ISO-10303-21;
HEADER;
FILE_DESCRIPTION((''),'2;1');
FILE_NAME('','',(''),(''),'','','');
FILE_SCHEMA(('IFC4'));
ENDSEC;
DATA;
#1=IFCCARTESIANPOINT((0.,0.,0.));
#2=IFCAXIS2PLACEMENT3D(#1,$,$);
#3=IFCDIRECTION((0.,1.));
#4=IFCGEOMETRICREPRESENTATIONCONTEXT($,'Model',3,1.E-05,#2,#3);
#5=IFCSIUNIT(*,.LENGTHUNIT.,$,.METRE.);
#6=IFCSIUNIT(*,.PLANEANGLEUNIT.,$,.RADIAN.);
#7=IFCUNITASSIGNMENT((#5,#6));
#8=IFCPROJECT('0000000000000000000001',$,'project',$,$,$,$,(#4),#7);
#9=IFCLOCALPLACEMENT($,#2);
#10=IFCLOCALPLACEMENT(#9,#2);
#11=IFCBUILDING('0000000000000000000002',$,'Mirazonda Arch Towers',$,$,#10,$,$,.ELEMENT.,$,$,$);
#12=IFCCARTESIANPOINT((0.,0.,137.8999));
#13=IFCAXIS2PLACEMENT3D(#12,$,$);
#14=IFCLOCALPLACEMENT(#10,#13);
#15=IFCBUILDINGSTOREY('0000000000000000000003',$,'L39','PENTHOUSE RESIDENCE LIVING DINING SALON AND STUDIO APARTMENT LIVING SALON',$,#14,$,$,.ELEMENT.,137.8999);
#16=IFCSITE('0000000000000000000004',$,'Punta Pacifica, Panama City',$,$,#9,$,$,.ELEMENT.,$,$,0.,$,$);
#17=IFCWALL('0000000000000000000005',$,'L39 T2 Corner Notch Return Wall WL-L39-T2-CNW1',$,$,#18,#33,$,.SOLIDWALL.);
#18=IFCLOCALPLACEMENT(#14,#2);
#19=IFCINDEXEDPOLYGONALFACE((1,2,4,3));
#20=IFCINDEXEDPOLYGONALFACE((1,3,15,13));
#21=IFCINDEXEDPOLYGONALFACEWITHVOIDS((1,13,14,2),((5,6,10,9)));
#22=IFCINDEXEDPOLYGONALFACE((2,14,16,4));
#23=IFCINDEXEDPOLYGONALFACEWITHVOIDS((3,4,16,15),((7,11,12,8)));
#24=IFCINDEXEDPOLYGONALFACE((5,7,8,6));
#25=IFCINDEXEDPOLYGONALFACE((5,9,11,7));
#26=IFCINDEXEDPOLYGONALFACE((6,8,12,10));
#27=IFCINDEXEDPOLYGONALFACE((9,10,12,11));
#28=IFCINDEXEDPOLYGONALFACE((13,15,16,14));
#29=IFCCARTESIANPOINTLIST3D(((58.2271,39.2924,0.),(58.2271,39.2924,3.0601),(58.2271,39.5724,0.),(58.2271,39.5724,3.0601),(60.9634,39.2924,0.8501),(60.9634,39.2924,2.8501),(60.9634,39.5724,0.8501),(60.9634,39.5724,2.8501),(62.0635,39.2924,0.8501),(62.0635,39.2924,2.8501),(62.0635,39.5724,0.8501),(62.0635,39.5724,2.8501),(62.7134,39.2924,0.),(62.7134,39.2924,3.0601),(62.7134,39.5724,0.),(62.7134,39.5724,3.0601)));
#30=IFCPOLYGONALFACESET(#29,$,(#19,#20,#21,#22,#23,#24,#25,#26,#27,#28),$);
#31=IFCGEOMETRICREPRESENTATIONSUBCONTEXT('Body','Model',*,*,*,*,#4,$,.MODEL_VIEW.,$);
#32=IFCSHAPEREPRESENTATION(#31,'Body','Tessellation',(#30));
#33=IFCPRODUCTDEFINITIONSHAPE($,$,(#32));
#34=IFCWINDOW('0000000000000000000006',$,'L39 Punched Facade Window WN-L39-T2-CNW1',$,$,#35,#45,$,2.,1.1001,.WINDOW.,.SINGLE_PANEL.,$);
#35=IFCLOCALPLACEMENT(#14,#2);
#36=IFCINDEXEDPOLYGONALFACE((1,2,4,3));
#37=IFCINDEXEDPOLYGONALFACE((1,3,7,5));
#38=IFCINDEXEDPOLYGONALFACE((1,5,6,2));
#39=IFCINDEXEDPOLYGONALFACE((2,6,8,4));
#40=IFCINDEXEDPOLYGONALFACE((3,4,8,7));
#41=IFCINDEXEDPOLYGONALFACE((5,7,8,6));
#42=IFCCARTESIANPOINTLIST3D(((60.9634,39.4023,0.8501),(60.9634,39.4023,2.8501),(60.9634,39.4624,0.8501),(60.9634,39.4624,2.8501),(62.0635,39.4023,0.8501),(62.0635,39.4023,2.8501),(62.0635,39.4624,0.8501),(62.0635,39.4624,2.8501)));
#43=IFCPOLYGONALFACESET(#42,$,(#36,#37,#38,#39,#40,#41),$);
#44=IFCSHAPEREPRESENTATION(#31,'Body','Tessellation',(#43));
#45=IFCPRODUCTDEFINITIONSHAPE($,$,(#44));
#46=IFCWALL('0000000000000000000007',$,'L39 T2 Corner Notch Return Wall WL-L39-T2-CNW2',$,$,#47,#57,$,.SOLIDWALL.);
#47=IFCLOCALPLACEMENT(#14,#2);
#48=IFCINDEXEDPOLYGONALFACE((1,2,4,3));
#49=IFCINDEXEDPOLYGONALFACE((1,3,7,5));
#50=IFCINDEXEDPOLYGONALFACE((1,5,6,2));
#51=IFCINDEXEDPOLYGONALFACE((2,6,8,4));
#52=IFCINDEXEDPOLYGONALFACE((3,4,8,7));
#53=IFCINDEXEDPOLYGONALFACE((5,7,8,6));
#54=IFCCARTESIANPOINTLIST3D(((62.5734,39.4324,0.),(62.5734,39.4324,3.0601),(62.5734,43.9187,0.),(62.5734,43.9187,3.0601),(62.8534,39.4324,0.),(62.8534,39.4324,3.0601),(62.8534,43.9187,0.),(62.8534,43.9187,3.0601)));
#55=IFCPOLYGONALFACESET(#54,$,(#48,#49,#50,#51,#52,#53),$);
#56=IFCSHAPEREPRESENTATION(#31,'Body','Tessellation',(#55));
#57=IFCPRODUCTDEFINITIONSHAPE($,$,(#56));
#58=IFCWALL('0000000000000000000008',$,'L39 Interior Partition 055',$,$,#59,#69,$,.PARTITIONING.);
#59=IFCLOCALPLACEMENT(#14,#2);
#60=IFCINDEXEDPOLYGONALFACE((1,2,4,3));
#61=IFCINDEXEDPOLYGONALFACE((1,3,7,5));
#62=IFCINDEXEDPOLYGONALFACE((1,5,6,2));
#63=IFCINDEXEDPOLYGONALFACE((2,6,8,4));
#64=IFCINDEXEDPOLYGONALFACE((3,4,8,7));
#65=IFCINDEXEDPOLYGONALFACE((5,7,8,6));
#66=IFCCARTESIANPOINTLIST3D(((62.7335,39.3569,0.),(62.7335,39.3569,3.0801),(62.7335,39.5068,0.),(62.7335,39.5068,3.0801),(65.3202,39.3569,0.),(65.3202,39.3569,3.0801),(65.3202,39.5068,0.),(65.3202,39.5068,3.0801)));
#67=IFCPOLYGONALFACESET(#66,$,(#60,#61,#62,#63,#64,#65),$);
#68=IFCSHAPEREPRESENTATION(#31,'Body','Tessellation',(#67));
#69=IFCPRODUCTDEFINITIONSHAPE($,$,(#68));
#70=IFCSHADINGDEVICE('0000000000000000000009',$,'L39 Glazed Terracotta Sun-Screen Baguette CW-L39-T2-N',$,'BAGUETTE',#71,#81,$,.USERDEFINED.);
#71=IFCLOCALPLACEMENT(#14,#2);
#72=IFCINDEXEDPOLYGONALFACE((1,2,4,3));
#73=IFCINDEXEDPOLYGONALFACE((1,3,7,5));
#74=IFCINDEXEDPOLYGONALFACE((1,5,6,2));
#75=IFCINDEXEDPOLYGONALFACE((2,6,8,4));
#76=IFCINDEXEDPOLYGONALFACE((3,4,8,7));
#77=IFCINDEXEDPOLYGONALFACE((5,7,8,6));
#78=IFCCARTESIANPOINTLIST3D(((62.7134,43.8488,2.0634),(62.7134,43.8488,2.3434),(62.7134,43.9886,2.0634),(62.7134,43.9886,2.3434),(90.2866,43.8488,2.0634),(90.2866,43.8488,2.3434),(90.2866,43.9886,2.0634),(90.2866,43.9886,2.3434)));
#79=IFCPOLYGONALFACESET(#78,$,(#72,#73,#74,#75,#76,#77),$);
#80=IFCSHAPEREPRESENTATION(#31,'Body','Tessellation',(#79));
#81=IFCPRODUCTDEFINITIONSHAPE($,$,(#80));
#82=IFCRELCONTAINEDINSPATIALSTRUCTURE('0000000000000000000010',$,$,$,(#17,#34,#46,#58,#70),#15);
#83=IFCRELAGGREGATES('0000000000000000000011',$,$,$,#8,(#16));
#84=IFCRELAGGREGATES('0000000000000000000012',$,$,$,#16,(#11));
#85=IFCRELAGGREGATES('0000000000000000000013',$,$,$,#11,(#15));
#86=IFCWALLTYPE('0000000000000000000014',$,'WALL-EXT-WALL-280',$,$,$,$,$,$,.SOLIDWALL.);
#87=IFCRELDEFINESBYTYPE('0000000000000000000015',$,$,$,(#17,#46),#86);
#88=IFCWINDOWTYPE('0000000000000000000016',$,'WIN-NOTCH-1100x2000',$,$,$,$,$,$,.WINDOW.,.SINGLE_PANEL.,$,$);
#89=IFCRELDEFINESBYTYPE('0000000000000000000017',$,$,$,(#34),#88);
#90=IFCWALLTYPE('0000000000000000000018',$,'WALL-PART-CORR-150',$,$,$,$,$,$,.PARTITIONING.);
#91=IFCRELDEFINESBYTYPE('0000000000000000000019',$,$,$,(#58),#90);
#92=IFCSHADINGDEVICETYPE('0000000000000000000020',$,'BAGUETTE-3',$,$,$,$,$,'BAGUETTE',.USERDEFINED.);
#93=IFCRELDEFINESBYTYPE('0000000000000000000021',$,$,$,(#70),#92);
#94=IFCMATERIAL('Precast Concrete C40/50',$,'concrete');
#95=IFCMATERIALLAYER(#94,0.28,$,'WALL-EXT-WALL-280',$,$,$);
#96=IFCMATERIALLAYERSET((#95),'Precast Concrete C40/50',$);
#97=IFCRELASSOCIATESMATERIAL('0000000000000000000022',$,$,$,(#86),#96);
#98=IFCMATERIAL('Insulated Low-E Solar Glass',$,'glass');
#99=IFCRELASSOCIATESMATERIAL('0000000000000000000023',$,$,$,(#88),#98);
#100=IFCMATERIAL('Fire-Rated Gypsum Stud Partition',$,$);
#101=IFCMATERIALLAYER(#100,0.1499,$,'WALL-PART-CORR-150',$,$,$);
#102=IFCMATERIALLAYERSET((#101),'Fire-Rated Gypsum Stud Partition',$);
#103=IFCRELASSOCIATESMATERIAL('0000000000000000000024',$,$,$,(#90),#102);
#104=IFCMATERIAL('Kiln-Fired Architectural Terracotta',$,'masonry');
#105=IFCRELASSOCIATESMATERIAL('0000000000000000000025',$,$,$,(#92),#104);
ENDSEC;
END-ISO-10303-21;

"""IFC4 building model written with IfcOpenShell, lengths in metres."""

from ifc_helpers import new_model, si_unit, direction, frame, frame_2d, origin, origin_2d, place, context, subcontext, project, spatial, rectangle, extrude, material, layer, layer_set, material_profile, profile_set, type_object, element, fill, save


model = new_model("IFC4")

# Units and contexts
model_context = context("Model", 3, precision=1e-05, world=origin(), true_north=direction((0.0, 1.0)))
body_context = subcontext(model_context, "Body", "Model", "MODEL_VIEW")
ifc_project = project(units=[si_unit("LENGTHUNIT", "METRE"), si_unit("PLANEANGLEUNIT", "RADIAN")], contexts=[model_context])

# Site, building, storey
site_placement = place(None, origin())
site = spatial("IfcSite", under=ifc_project, at=site_placement, Name="Punta Pacifica, Panama City", CompositionType="ELEMENT", RefElevation=0.0)
building_placement = place(site_placement, origin())
building = spatial("IfcBuilding", under=site, at=building_placement, Name="Mirazonda Arch Towers", CompositionType="ELEMENT")
storey_placement = place(building_placement, frame((0.0, 0.0, 137.8999)))
storey = spatial("IfcBuildingStorey", under=building, at=storey_placement, Name="L39", Description="PENTHOUSE RESIDENCE LIVING DINING SALON AND STUDIO APARTMENT LIVING SALON", CompositionType="ELEMENT", Elevation=137.8999)

# Shared definitions
ifc_material_1 = material(Name="Insulated Low-E Solar Glass", Category="glass")

# Wall, opening, window
ifc_material_2 = material(Name="Precast Concrete C40/50", Category="concrete")
ifc_layer_1 = layer(ifc_material_2, 0.28, Name="WALL-EXT-WALL-280")
ifc_layer_set_1 = layer_set([ifc_layer_1], Name="Precast Concrete C40/50")
wall_type_1 = type_object("IfcWallType", Name="WALL-EXT-WALL-280", PredefinedType="SOLIDWALL", material=ifc_layer_set_1)
wall_1_placement = place(storey_placement, frame((62.7134, 39.4324, 0.0), z_axis=(0.0, 0.0, 1.0), x_axis=(-1.0, 0.0, 0.0)))
wall_1 = element("IfcWall", 1, at=wall_1_placement, inside=storey, type_object=wall_type_1, Name="L39 T2 Corner Notch Return Wall WL-L39-T2-CNW1", PredefinedType="SOLIDWALL", context=body_context, shape_type="SweptSolid", body=[
    extrude(rectangle(XDim=4.4863, YDim=0.28, at=frame_2d((2.2432, 0.0))), origin(), (0.0, 0.0, 1.0), 3.0601),
])
opening_placement = place(wall_1_placement, frame((0.6499, 0.0, 0.8501)))
opening = element("IfcOpeningElement", 2, at=opening_placement, cuts=wall_1, PredefinedType="OPENING", context=body_context, shape_type="SweptSolid", body=[
    extrude(rectangle(XDim=1.1001, YDim=2.0, at=frame_2d((0.55, 1.0))), frame((0.0, 0.1499, 0.0), z_axis=(0.0, -1.0, 0.0), x_axis=(1.0, 0.0, 0.0)), (0.0, 0.0, 1.0), 0.3),
])
window_type = type_object("IfcWindowType", Name="WIN-NOTCH-1100x2000", PartitioningType="SINGLE_PANEL", PredefinedType="WINDOW", material=ifc_material_1)
window_placement = place(opening_placement, origin())
window = element("IfcWindow", 3, at=window_placement, inside=storey, type_object=window_type, Name="L39 Punched Facade Window WN-L39-T2-CNW1", OverallHeight=2.0, OverallWidth=1.1001, PartitioningType="SINGLE_PANEL", PredefinedType="WINDOW", context=body_context, shape_type="SweptSolid", body=[
    extrude(rectangle(XDim=1.1001, YDim=2.0, at=frame_2d((0.55, 1.0))), frame((0.0, 0.03, 0.0), z_axis=(0.0, -1.0, 0.0), x_axis=(1.0, 0.0, 0.0)), (0.0, 0.0, 1.0), 0.0601),
])
fill(opening, window)

# Walls
wall_2_placement = place(storey_placement, frame((62.7134, 43.9187, 0.0), z_axis=(0.0, 0.0, 1.0), x_axis=(0.0, -1.0, 0.0)))
element("IfcWall", 4, at=wall_2_placement, inside=storey, type_object=wall_type_1, Name="L39 T2 Corner Notch Return Wall WL-L39-T2-CNW2", PredefinedType="SOLIDWALL", context=body_context, shape_type="SweptSolid", body=[
    extrude(rectangle(XDim=4.4863, YDim=0.28, at=frame_2d((2.2432, 0.0))), origin(), (0.0, 0.0, 1.0), 3.0601),
])
ifc_material_3 = material(Name="Fire-Rated Gypsum Stud Partition")
ifc_layer_2 = layer(ifc_material_3, 0.1499, Name="WALL-PART-CORR-150")
ifc_layer_set_2 = layer_set([ifc_layer_2], Name="Fire-Rated Gypsum Stud Partition")
wall_type_2 = type_object("IfcWallType", Name="WALL-PART-CORR-150", PredefinedType="PARTITIONING", material=ifc_layer_set_2)
wall_3_placement = place(storey_placement, frame((62.7334, 39.4319, 0.0), z_axis=(0.0, 0.0, 1.0), x_axis=(1.0, 0.0, 0.0)))
element("IfcWall", 5, at=wall_3_placement, inside=storey, type_object=wall_type_2, Name="L39 Interior Partition 055", PredefinedType="PARTITIONING", context=body_context, shape_type="SweptSolid", body=[
    extrude(rectangle(XDim=2.5867, YDim=0.1499, at=frame_2d((1.2935, 0.0))), origin(), (0.0, 0.0, 1.0), 3.0801),
])

# Shading device
ifc_material_4 = material(Name="Kiln-Fired Architectural Terracotta", Category="masonry")
ifc_material_profile_1 = material_profile(ifc_material_4, rectangle(XDim=0.1399, YDim=0.28, at=origin_2d()), Name="TERRA-BAG-140x280")
ifc_profile_set_1 = profile_set([ifc_material_profile_1], Name="Kiln-Fired Architectural Terracotta")
shading_device_type = type_object("IfcShadingDeviceType", Name="BAGUETTE-3", ElementType="BAGUETTE", PredefinedType="USERDEFINED", material=ifc_profile_set_1)
shading_device_placement = place(storey_placement, frame((62.7134, 43.9187, 2.2034), z_axis=(1.0, 0.0, 0.0), x_axis=(0.0, 1.0, 0.0)))
element("IfcShadingDevice", 6, at=shading_device_placement, inside=storey, type_object=shading_device_type, Name="L39 Glazed Terracotta Sun-Screen Baguette CW-L39-T2-N", ObjectType="BAGUETTE", PredefinedType="USERDEFINED", context=body_context, shape_type="SweptSolid", body=[
    extrude(rectangle(XDim=0.1399, YDim=0.28, at=origin_2d()), origin(), (0.0, 0.0, 1.0), 27.5732),
])

save(model, "model.ifc")
